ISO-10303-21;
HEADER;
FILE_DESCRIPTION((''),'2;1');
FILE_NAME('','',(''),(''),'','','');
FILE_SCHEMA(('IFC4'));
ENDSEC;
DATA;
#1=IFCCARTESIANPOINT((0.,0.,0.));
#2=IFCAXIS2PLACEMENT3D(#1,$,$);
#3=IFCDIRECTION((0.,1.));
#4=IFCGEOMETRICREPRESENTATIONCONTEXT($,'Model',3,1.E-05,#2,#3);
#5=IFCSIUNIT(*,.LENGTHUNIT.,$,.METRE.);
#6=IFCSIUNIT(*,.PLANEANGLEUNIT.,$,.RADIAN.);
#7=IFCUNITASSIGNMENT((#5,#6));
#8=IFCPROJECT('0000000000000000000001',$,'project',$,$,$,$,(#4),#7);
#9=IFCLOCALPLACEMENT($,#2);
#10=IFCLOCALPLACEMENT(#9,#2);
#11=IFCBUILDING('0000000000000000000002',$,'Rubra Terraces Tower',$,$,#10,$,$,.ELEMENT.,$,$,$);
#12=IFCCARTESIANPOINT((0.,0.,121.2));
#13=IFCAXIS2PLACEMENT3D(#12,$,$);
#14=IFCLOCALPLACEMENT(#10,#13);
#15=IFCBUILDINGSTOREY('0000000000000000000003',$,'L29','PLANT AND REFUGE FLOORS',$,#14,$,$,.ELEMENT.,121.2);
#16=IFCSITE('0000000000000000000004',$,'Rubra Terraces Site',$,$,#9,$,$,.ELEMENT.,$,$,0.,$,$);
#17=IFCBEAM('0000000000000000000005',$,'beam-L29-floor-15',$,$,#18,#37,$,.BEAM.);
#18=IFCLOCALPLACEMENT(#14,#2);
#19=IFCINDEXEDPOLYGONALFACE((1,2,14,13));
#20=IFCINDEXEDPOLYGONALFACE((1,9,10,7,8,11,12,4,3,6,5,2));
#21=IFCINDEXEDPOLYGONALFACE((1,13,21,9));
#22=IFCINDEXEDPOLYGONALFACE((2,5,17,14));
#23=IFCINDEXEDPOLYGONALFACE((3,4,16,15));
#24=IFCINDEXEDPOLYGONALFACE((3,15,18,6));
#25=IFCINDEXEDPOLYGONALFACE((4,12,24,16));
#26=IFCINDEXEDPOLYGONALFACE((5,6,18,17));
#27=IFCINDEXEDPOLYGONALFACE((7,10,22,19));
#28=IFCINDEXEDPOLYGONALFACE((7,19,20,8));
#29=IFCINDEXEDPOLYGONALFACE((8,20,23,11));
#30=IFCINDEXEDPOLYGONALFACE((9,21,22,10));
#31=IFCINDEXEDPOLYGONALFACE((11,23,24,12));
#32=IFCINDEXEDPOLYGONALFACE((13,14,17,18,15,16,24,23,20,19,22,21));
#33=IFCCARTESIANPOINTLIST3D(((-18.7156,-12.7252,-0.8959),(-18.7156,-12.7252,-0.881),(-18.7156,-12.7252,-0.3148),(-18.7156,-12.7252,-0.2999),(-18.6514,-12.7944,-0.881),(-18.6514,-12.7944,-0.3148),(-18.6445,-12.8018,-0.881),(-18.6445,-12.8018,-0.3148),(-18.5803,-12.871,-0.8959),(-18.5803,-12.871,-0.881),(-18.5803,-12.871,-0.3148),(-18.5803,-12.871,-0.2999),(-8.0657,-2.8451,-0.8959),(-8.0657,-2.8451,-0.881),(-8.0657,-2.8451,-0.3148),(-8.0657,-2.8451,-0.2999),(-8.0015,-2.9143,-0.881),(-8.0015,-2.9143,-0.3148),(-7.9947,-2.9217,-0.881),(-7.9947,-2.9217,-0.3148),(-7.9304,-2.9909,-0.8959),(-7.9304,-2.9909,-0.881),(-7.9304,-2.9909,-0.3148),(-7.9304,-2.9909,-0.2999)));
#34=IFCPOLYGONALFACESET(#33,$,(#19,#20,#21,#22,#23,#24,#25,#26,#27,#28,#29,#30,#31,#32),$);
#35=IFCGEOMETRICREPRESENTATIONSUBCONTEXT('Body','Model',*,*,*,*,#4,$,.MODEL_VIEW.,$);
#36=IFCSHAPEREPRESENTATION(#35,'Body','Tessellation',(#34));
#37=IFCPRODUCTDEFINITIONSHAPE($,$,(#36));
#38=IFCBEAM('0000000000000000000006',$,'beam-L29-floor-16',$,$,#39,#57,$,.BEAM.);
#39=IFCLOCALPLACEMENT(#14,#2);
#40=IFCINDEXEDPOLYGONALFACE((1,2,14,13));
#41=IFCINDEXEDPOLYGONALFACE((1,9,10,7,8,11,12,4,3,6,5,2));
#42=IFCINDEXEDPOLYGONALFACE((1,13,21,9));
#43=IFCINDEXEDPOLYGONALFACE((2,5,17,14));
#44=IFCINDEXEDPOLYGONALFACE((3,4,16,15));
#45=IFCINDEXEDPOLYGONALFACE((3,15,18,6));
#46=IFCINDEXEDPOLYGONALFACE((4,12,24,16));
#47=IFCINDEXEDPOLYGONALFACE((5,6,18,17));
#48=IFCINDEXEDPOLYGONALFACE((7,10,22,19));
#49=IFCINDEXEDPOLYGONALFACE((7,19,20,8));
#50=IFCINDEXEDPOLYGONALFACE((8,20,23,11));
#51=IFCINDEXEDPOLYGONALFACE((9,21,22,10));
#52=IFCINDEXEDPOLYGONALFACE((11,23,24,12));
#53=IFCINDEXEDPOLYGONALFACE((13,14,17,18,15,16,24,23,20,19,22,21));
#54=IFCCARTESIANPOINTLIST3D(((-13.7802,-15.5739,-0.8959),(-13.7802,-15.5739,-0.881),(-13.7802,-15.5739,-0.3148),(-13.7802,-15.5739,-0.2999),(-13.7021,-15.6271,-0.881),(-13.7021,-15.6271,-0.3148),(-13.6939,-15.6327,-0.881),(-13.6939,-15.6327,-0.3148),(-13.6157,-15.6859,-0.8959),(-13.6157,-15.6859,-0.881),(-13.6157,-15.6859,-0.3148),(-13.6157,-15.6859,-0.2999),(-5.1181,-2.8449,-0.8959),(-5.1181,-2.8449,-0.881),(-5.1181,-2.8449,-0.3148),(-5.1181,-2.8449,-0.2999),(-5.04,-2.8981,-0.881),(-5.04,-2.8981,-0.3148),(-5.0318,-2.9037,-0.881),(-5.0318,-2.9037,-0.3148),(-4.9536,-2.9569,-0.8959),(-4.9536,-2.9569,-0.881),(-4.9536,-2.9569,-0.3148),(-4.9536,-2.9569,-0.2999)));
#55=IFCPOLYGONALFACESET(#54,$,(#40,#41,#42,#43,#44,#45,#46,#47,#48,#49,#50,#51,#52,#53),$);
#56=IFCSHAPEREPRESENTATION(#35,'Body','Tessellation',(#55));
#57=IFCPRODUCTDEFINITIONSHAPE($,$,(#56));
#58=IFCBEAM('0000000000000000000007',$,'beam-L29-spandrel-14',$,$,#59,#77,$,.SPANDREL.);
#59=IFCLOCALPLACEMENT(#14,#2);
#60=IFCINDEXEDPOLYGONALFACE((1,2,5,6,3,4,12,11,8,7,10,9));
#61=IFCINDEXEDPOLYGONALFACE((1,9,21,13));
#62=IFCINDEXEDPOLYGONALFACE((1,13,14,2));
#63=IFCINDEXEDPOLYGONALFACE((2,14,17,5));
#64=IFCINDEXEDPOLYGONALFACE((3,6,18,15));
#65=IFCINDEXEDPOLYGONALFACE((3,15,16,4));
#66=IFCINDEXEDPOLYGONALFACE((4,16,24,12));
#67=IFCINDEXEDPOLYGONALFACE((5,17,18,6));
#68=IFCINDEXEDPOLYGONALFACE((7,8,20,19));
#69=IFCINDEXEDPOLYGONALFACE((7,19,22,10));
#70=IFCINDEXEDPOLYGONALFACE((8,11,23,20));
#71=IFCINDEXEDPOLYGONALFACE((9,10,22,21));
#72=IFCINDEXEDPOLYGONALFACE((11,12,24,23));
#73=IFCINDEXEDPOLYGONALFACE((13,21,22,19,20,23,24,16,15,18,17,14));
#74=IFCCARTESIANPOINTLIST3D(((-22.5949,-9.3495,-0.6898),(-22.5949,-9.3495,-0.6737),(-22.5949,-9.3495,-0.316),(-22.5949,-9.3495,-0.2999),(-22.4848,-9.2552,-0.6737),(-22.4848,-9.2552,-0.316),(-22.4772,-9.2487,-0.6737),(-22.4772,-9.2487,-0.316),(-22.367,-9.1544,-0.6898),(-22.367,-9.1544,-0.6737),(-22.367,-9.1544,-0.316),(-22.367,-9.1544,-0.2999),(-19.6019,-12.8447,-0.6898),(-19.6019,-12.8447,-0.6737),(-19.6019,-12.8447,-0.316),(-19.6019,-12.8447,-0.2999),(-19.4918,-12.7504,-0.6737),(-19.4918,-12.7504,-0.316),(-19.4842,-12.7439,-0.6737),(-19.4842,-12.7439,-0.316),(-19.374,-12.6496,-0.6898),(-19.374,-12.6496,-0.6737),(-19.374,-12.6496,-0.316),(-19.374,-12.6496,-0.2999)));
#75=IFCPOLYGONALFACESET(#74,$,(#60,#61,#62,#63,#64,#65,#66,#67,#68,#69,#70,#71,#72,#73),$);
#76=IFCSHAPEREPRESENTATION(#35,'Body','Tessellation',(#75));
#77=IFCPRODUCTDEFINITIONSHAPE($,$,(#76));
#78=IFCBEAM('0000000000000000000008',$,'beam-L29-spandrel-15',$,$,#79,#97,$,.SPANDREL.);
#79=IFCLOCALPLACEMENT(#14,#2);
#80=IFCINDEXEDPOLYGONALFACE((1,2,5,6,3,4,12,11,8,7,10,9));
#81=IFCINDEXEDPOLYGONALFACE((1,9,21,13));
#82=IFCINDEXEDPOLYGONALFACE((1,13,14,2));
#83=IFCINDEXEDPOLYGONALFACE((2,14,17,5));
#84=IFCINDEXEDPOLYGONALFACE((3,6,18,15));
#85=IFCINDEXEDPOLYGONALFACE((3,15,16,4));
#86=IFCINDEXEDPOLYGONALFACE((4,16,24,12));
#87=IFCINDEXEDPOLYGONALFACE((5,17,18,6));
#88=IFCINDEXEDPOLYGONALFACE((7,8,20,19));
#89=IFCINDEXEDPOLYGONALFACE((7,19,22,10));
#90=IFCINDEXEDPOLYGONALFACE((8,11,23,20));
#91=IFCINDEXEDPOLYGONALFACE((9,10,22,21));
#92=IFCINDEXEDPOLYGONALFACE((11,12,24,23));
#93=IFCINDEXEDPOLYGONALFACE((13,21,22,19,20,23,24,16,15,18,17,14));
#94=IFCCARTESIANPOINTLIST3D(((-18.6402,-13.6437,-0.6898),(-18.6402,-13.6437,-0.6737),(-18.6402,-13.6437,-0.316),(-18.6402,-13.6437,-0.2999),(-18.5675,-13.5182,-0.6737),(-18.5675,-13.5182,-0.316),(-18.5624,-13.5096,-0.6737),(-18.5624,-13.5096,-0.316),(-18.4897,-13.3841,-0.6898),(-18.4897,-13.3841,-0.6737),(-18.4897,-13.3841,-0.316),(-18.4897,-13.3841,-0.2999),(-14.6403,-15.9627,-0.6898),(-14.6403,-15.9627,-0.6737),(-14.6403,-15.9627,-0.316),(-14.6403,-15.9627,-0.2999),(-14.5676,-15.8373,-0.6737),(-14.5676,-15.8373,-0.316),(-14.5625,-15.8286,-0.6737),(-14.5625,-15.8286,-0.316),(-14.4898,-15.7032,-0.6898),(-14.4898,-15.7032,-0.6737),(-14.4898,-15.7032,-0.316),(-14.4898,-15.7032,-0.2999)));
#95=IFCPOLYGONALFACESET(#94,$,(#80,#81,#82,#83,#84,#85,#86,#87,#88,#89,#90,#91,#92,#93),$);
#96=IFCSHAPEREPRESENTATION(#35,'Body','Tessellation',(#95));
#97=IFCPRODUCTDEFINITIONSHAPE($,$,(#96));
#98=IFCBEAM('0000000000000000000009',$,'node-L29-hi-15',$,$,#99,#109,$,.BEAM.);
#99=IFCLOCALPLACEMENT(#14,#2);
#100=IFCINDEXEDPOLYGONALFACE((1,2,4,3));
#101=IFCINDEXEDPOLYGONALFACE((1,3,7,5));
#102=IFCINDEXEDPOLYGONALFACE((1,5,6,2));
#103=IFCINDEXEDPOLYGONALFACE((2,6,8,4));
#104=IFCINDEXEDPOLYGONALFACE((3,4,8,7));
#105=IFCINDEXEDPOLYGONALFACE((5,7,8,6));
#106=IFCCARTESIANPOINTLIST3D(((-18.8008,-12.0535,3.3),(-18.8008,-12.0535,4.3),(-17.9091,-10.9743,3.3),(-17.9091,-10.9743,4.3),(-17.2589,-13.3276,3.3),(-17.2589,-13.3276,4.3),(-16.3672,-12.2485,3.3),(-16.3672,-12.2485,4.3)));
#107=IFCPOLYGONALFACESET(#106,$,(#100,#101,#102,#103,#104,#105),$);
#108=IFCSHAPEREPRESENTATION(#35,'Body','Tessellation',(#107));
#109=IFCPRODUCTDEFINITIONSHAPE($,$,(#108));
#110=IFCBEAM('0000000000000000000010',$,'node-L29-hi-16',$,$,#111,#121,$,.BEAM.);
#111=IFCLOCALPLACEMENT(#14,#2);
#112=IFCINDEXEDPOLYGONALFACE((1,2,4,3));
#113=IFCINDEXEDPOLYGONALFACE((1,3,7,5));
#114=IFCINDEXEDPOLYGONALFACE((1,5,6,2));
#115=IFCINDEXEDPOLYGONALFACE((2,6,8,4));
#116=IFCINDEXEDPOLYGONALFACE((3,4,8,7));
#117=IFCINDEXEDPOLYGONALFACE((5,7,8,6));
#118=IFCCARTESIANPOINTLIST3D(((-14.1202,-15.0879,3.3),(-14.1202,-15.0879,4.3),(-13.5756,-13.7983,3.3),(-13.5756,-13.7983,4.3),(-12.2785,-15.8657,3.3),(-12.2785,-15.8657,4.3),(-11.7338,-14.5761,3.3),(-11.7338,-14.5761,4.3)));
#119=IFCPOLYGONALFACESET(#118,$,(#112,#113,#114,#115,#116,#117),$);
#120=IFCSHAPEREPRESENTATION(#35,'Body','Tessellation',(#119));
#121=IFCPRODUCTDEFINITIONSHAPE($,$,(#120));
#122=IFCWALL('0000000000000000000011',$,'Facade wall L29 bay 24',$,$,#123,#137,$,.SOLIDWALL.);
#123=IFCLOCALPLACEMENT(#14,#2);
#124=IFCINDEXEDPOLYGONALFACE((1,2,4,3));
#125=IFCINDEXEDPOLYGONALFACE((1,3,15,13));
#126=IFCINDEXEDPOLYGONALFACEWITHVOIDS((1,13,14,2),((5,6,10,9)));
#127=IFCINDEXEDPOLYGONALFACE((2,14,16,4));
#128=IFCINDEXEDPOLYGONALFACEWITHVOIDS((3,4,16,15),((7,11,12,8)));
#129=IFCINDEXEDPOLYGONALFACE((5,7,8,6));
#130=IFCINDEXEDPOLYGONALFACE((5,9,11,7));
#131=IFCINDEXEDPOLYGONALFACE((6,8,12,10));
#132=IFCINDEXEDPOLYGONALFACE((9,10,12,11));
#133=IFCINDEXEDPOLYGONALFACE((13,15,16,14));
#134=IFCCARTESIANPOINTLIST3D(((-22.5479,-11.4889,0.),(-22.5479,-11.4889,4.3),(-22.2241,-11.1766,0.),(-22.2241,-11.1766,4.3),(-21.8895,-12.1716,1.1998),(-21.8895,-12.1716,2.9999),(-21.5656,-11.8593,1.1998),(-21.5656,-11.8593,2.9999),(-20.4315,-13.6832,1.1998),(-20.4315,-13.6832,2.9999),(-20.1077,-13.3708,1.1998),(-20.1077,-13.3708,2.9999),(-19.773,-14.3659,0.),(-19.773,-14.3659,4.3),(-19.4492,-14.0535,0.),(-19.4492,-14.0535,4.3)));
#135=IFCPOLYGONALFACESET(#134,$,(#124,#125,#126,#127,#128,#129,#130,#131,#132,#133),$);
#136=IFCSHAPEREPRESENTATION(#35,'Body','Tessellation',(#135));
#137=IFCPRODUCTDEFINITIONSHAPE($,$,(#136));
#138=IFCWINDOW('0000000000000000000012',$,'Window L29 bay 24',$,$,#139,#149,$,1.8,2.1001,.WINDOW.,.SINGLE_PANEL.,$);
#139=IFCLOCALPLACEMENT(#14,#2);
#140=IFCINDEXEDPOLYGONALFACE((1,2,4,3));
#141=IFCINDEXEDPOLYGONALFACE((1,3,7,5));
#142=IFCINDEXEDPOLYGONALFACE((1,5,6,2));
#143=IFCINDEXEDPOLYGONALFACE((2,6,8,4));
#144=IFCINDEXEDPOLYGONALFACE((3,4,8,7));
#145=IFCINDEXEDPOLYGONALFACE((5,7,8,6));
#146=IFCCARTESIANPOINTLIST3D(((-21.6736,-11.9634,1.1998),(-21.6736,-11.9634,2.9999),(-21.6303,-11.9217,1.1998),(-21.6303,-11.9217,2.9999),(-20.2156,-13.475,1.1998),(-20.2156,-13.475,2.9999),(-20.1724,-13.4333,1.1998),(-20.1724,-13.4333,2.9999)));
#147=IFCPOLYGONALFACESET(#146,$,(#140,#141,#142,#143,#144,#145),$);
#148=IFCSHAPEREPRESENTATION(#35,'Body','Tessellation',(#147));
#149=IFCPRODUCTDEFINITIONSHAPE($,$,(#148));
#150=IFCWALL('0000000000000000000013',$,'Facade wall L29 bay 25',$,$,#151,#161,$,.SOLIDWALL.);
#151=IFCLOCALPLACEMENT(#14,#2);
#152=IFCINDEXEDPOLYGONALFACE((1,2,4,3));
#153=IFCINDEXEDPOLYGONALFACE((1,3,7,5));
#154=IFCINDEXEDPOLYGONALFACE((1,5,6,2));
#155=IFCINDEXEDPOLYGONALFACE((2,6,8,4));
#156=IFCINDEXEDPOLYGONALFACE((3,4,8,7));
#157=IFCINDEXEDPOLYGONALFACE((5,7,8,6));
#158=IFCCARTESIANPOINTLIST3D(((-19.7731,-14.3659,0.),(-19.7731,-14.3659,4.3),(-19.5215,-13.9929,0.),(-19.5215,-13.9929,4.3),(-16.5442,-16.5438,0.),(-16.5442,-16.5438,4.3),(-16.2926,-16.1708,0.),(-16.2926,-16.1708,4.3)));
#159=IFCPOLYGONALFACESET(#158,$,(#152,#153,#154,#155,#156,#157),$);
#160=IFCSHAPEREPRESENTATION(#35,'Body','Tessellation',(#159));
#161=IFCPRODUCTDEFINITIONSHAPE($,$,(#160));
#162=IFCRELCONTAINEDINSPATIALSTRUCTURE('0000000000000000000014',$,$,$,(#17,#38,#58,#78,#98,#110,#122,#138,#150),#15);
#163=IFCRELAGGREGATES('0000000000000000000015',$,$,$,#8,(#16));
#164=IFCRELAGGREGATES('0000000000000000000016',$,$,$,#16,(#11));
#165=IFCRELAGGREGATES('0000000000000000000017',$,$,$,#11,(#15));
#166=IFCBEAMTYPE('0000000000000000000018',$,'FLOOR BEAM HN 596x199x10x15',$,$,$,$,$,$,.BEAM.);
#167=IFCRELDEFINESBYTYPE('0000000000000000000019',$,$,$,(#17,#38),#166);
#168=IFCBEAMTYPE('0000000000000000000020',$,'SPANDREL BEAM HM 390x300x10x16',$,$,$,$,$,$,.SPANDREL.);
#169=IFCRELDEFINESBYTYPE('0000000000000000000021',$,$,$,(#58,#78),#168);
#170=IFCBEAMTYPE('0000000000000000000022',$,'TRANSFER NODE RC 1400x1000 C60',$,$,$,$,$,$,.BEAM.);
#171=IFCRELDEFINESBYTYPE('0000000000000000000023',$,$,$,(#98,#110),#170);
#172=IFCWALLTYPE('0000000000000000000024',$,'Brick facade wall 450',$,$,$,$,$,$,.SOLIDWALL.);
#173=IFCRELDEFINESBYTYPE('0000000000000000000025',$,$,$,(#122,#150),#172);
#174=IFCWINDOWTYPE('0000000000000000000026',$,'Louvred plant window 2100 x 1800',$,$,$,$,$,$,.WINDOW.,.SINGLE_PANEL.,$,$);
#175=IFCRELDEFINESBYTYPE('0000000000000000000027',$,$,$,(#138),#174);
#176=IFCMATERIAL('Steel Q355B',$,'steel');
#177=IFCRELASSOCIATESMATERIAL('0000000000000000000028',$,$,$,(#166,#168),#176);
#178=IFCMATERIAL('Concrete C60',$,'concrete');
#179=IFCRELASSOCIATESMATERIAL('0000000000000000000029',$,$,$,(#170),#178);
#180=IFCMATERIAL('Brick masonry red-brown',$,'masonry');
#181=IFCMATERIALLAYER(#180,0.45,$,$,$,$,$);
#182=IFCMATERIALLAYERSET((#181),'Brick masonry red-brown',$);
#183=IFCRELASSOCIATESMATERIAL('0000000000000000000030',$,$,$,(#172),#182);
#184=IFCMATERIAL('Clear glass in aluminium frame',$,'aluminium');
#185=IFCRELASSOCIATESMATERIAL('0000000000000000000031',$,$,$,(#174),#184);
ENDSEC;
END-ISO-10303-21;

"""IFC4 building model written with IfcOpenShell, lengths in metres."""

from ifc_helpers import new_model, si_unit, direction, frame, frame_2d, origin, origin_2d, place, context, subcontext, project, spatial, rectangle, i_section, extrude, material, layer, layer_set, material_profile, profile_set, type_object, element, fill, save


model = new_model("IFC4")

# Units and contexts
model_context = context("Model", 3, precision=1e-05, world=origin(), true_north=direction((0.0, 1.0)))
body_context = subcontext(model_context, "Body", "Model", "MODEL_VIEW")
ifc_project = project(units=[si_unit("LENGTHUNIT", "METRE"), si_unit("PLANEANGLEUNIT", "RADIAN")], contexts=[model_context])

# Site, building, storey
site_placement = place(None, origin())
site = spatial("IfcSite", under=ifc_project, at=site_placement, Name="Rubra Terraces Site", CompositionType="ELEMENT", RefElevation=0.0)
building_placement = place(site_placement, origin())
building = spatial("IfcBuilding", under=site, at=building_placement, Name="Rubra Terraces Tower", CompositionType="ELEMENT")
storey_placement = place(building_placement, frame((0.0, 0.0, 121.2)))
storey = spatial("IfcBuildingStorey", under=building, at=storey_placement, Name="L29", Description="PLANT AND REFUGE FLOORS", CompositionType="ELEMENT", Elevation=121.2)

# Shared definitions
ifc_material_1 = material(Name="Concrete C60", Category="concrete")

# Shared definitions
ifc_material_2 = material(Name="Steel Q355B", Category="steel")

# Beams
ifc_material_profile_1 = material_profile(ifc_material_2, i_section(OverallWidth=0.199, OverallDepth=0.5959, WebThickness=0.01, FlangeThickness=0.0149, at=origin_2d()), Name="HN 596x199x10x15")
ifc_profile_set_1 = profile_set([ifc_material_profile_1], Name="Steel Q355B")
beam_type_1 = type_object("IfcBeamType", Name="FLOOR BEAM HN 596x199x10x15", PredefinedType="BEAM", material=ifc_profile_set_1)
beam_1_placement = place(storey_placement, frame((-18.6479, -12.7981, -0.5979), z_axis=(0.733105, 0.680116, 0.0), x_axis=(-0.680116, 0.733105, 0.0)))
element("IfcBeam", 1, at=beam_1_placement, inside=storey, type_object=beam_type_1, Name="beam-L29-floor-15", PredefinedType="BEAM", context=body_context, shape_type="SweptSolid", body=[
    extrude(i_section(OverallWidth=0.199, OverallDepth=0.5959, WebThickness=0.01, FlangeThickness=0.0149, at=origin_2d()), origin(), (0.0, 0.0, 1.0), 14.5271),
])
beam_2_placement = place(storey_placement, frame((-13.698, -15.6299, -0.5979), z_axis=(0.562594, 0.826734, 0.0), x_axis=(-0.826734, 0.562594, 0.0)))
element("IfcBeam", 2, at=beam_2_placement, inside=storey, type_object=beam_type_1, Name="beam-L29-floor-16", PredefinedType="BEAM", context=body_context, shape_type="SweptSolid", body=[
    extrude(i_section(OverallWidth=0.199, OverallDepth=0.5959, WebThickness=0.01, FlangeThickness=0.0149, at=origin_2d()), origin(), (0.0, 0.0, 1.0), 15.3967),
])
ifc_material_profile_2 = material_profile(ifc_material_2, i_section(OverallWidth=0.3, OverallDepth=0.3899, WebThickness=0.01, FlangeThickness=0.0161, at=origin_2d()), Name="HM 390x300x10x16")
ifc_profile_set_2 = profile_set([ifc_material_profile_2], Name="Steel Q355B")
beam_type_2 = type_object("IfcBeamType", Name="SPANDREL BEAM HM 390x300x10x16", PredefinedType="SPANDREL", material=ifc_profile_set_2)
beam_3_placement = place(storey_placement, frame((-22.481, -9.252, -0.4949), z_axis=(0.650429, -0.759567, 0.0), x_axis=(0.759567, 0.650429, 0.0)))
element("IfcBeam", 3, at=beam_3_placement, inside=storey, type_object=beam_type_2, Name="beam-L29-spandrel-14", PredefinedType="SPANDREL", context=body_context, shape_type="SweptSolid", body=[
    extrude(i_section(OverallWidth=0.3, OverallDepth=0.3899, WebThickness=0.01, FlangeThickness=0.0161, at=origin_2d()), origin(), (0.0, 0.0, 1.0), 4.6016),
])
beam_4_placement = place(storey_placement, frame((-18.5649, -13.5139, -0.4949), z_axis=(0.865116, -0.501571, 0.0), x_axis=(0.501571, 0.865116, 0.0)))
element("IfcBeam", 4, at=beam_4_placement, inside=storey, type_object=beam_type_2, Name="beam-L29-spandrel-15", PredefinedType="SPANDREL", context=body_context, shape_type="SweptSolid", body=[
    extrude(i_section(OverallWidth=0.3, OverallDepth=0.3899, WebThickness=0.01, FlangeThickness=0.0161, at=origin_2d()), origin(), (0.0, 0.0, 1.0), 4.6235),
])
ifc_material_profile_3 = material_profile(ifc_material_1, rectangle(XDim=1.3999, YDim=1.0, at=origin_2d()), Name="RC 1400x1000")
ifc_profile_set_3 = profile_set([ifc_material_profile_3], Name="Concrete C60")
beam_type_3 = type_object("IfcBeamType", Name="TRANSFER NODE RC 1400x1000 C60", PredefinedType="BEAM", material=ifc_profile_set_3)
beam_5_placement = place(storey_placement, frame((-18.355, -11.5139, 3.8), z_axis=(0.770876, -0.636986, 0.0), x_axis=(0.636986, 0.770876, 0.0)))
element("IfcBeam", 5, at=beam_5_placement, inside=storey, type_object=beam_type_3, Name="node-L29-hi-15", PredefinedType="BEAM", context=body_context, shape_type="SweptSolid", body=[
    extrude(rectangle(XDim=1.3999, YDim=1.0, at=origin_2d()), origin(), (0.0, 0.0, 1.0), 2.0002),
])
beam_6_placement = place(storey_placement, frame((-13.8479, -14.4431, 3.8), z_axis=(0.921216, -0.38905, 0.0), x_axis=(0.38905, 0.921216, 0.0)))
element("IfcBeam", 6, at=beam_6_placement, inside=storey, type_object=beam_type_3, Name="node-L29-hi-16", PredefinedType="BEAM", context=body_context, shape_type="SweptSolid", body=[
    extrude(rectangle(XDim=1.3999, YDim=1.0, at=origin_2d()), origin(), (0.0, 0.0, 1.0), 1.9993),
])

# Wall, opening, window
ifc_material_3 = material(Name="Brick masonry red-brown", Category="masonry")
ifc_layer_1 = layer(ifc_material_3, 0.45)
ifc_layer_set_1 = layer_set([ifc_layer_1], Name="Brick masonry red-brown")
wall_type_1 = type_object("IfcWallType", Name="Brick facade wall 450", PredefinedType="SOLIDWALL", material=ifc_layer_set_1)
wall_1_placement = place(storey_placement, frame((-22.386, -11.3328, 0.0), z_axis=(0.0, 0.0, 1.0), x_axis=(0.694226, -0.719757, 0.0)))
wall_1 = element("IfcWall", 7, at=wall_1_placement, inside=storey, type_object=wall_type_1, Name="Facade wall L29 bay 24", PredefinedType="SOLIDWALL", context=body_context, shape_type="SweptSolid", body=[
    extrude(rectangle(XDim=3.9971, YDim=0.45, at=frame_2d((1.9985, 0.0))), origin(), (0.0, 0.0, 1.0), 4.3),
])
opening_1_placement = place(wall_1_placement, frame((0.9485, 0.0, 1.2)))
opening_1 = element("IfcOpeningElement", 8, at=opening_1_placement, cuts=wall_1, PredefinedType="OPENING", context=body_context, shape_type="SweptSolid", body=[
    extrude(rectangle(XDim=2.1001, YDim=1.8, at=frame_2d((1.05, 0.8999))), frame((0.0, 0.2349, 0.0), z_axis=(0.0, -1.0, 0.0), x_axis=(1.0, 0.0, 0.0)), (0.0, 0.0, 1.0), 0.47),
])
ifc_material_4 = material(Name="Clear glass in aluminium frame", Category="aluminium")
window_type = type_object("IfcWindowType", Name="Louvred plant window 2100 x 1800", PartitioningType="SINGLE_PANEL", PredefinedType="WINDOW", material=ifc_material_4)
window_1_placement = place(opening_1_placement, origin())
window_1 = element("IfcWindow", 9, at=window_1_placement, inside=storey, type_object=window_type, Name="Window L29 bay 24", OverallHeight=1.8, OverallWidth=2.1001, PartitioningType="SINGLE_PANEL", PredefinedType="WINDOW", context=body_context, shape_type="SweptSolid", body=[
    extrude(rectangle(XDim=2.1001, YDim=1.8, at=frame_2d((1.05, 0.8999))), frame((0.0, 0.135, 0.0), z_axis=(0.0, -1.0, 0.0), x_axis=(1.0, 0.0, 0.0)), (0.0, 0.0, 1.0), 0.0601),
])
fill(opening_1, window_1)

# Wall
wall_2_placement = place(storey_placement, frame((-19.6472, -14.1794, 0.0), z_axis=(0.0, 0.0, 1.0), x_axis=(0.829039, -0.559191, 0.0)))
element("IfcWall", 10, at=wall_2_placement, inside=storey, type_object=wall_type_1, Name="Facade wall L29 bay 25", PredefinedType="SOLIDWALL", context=body_context, shape_type="SweptSolid", body=[
    extrude(rectangle(XDim=3.8948, YDim=0.45, at=frame_2d((1.9473, 0.0))), origin(), (0.0, 0.0, 1.0), 4.3),
])

save(model, "model.ifc")
